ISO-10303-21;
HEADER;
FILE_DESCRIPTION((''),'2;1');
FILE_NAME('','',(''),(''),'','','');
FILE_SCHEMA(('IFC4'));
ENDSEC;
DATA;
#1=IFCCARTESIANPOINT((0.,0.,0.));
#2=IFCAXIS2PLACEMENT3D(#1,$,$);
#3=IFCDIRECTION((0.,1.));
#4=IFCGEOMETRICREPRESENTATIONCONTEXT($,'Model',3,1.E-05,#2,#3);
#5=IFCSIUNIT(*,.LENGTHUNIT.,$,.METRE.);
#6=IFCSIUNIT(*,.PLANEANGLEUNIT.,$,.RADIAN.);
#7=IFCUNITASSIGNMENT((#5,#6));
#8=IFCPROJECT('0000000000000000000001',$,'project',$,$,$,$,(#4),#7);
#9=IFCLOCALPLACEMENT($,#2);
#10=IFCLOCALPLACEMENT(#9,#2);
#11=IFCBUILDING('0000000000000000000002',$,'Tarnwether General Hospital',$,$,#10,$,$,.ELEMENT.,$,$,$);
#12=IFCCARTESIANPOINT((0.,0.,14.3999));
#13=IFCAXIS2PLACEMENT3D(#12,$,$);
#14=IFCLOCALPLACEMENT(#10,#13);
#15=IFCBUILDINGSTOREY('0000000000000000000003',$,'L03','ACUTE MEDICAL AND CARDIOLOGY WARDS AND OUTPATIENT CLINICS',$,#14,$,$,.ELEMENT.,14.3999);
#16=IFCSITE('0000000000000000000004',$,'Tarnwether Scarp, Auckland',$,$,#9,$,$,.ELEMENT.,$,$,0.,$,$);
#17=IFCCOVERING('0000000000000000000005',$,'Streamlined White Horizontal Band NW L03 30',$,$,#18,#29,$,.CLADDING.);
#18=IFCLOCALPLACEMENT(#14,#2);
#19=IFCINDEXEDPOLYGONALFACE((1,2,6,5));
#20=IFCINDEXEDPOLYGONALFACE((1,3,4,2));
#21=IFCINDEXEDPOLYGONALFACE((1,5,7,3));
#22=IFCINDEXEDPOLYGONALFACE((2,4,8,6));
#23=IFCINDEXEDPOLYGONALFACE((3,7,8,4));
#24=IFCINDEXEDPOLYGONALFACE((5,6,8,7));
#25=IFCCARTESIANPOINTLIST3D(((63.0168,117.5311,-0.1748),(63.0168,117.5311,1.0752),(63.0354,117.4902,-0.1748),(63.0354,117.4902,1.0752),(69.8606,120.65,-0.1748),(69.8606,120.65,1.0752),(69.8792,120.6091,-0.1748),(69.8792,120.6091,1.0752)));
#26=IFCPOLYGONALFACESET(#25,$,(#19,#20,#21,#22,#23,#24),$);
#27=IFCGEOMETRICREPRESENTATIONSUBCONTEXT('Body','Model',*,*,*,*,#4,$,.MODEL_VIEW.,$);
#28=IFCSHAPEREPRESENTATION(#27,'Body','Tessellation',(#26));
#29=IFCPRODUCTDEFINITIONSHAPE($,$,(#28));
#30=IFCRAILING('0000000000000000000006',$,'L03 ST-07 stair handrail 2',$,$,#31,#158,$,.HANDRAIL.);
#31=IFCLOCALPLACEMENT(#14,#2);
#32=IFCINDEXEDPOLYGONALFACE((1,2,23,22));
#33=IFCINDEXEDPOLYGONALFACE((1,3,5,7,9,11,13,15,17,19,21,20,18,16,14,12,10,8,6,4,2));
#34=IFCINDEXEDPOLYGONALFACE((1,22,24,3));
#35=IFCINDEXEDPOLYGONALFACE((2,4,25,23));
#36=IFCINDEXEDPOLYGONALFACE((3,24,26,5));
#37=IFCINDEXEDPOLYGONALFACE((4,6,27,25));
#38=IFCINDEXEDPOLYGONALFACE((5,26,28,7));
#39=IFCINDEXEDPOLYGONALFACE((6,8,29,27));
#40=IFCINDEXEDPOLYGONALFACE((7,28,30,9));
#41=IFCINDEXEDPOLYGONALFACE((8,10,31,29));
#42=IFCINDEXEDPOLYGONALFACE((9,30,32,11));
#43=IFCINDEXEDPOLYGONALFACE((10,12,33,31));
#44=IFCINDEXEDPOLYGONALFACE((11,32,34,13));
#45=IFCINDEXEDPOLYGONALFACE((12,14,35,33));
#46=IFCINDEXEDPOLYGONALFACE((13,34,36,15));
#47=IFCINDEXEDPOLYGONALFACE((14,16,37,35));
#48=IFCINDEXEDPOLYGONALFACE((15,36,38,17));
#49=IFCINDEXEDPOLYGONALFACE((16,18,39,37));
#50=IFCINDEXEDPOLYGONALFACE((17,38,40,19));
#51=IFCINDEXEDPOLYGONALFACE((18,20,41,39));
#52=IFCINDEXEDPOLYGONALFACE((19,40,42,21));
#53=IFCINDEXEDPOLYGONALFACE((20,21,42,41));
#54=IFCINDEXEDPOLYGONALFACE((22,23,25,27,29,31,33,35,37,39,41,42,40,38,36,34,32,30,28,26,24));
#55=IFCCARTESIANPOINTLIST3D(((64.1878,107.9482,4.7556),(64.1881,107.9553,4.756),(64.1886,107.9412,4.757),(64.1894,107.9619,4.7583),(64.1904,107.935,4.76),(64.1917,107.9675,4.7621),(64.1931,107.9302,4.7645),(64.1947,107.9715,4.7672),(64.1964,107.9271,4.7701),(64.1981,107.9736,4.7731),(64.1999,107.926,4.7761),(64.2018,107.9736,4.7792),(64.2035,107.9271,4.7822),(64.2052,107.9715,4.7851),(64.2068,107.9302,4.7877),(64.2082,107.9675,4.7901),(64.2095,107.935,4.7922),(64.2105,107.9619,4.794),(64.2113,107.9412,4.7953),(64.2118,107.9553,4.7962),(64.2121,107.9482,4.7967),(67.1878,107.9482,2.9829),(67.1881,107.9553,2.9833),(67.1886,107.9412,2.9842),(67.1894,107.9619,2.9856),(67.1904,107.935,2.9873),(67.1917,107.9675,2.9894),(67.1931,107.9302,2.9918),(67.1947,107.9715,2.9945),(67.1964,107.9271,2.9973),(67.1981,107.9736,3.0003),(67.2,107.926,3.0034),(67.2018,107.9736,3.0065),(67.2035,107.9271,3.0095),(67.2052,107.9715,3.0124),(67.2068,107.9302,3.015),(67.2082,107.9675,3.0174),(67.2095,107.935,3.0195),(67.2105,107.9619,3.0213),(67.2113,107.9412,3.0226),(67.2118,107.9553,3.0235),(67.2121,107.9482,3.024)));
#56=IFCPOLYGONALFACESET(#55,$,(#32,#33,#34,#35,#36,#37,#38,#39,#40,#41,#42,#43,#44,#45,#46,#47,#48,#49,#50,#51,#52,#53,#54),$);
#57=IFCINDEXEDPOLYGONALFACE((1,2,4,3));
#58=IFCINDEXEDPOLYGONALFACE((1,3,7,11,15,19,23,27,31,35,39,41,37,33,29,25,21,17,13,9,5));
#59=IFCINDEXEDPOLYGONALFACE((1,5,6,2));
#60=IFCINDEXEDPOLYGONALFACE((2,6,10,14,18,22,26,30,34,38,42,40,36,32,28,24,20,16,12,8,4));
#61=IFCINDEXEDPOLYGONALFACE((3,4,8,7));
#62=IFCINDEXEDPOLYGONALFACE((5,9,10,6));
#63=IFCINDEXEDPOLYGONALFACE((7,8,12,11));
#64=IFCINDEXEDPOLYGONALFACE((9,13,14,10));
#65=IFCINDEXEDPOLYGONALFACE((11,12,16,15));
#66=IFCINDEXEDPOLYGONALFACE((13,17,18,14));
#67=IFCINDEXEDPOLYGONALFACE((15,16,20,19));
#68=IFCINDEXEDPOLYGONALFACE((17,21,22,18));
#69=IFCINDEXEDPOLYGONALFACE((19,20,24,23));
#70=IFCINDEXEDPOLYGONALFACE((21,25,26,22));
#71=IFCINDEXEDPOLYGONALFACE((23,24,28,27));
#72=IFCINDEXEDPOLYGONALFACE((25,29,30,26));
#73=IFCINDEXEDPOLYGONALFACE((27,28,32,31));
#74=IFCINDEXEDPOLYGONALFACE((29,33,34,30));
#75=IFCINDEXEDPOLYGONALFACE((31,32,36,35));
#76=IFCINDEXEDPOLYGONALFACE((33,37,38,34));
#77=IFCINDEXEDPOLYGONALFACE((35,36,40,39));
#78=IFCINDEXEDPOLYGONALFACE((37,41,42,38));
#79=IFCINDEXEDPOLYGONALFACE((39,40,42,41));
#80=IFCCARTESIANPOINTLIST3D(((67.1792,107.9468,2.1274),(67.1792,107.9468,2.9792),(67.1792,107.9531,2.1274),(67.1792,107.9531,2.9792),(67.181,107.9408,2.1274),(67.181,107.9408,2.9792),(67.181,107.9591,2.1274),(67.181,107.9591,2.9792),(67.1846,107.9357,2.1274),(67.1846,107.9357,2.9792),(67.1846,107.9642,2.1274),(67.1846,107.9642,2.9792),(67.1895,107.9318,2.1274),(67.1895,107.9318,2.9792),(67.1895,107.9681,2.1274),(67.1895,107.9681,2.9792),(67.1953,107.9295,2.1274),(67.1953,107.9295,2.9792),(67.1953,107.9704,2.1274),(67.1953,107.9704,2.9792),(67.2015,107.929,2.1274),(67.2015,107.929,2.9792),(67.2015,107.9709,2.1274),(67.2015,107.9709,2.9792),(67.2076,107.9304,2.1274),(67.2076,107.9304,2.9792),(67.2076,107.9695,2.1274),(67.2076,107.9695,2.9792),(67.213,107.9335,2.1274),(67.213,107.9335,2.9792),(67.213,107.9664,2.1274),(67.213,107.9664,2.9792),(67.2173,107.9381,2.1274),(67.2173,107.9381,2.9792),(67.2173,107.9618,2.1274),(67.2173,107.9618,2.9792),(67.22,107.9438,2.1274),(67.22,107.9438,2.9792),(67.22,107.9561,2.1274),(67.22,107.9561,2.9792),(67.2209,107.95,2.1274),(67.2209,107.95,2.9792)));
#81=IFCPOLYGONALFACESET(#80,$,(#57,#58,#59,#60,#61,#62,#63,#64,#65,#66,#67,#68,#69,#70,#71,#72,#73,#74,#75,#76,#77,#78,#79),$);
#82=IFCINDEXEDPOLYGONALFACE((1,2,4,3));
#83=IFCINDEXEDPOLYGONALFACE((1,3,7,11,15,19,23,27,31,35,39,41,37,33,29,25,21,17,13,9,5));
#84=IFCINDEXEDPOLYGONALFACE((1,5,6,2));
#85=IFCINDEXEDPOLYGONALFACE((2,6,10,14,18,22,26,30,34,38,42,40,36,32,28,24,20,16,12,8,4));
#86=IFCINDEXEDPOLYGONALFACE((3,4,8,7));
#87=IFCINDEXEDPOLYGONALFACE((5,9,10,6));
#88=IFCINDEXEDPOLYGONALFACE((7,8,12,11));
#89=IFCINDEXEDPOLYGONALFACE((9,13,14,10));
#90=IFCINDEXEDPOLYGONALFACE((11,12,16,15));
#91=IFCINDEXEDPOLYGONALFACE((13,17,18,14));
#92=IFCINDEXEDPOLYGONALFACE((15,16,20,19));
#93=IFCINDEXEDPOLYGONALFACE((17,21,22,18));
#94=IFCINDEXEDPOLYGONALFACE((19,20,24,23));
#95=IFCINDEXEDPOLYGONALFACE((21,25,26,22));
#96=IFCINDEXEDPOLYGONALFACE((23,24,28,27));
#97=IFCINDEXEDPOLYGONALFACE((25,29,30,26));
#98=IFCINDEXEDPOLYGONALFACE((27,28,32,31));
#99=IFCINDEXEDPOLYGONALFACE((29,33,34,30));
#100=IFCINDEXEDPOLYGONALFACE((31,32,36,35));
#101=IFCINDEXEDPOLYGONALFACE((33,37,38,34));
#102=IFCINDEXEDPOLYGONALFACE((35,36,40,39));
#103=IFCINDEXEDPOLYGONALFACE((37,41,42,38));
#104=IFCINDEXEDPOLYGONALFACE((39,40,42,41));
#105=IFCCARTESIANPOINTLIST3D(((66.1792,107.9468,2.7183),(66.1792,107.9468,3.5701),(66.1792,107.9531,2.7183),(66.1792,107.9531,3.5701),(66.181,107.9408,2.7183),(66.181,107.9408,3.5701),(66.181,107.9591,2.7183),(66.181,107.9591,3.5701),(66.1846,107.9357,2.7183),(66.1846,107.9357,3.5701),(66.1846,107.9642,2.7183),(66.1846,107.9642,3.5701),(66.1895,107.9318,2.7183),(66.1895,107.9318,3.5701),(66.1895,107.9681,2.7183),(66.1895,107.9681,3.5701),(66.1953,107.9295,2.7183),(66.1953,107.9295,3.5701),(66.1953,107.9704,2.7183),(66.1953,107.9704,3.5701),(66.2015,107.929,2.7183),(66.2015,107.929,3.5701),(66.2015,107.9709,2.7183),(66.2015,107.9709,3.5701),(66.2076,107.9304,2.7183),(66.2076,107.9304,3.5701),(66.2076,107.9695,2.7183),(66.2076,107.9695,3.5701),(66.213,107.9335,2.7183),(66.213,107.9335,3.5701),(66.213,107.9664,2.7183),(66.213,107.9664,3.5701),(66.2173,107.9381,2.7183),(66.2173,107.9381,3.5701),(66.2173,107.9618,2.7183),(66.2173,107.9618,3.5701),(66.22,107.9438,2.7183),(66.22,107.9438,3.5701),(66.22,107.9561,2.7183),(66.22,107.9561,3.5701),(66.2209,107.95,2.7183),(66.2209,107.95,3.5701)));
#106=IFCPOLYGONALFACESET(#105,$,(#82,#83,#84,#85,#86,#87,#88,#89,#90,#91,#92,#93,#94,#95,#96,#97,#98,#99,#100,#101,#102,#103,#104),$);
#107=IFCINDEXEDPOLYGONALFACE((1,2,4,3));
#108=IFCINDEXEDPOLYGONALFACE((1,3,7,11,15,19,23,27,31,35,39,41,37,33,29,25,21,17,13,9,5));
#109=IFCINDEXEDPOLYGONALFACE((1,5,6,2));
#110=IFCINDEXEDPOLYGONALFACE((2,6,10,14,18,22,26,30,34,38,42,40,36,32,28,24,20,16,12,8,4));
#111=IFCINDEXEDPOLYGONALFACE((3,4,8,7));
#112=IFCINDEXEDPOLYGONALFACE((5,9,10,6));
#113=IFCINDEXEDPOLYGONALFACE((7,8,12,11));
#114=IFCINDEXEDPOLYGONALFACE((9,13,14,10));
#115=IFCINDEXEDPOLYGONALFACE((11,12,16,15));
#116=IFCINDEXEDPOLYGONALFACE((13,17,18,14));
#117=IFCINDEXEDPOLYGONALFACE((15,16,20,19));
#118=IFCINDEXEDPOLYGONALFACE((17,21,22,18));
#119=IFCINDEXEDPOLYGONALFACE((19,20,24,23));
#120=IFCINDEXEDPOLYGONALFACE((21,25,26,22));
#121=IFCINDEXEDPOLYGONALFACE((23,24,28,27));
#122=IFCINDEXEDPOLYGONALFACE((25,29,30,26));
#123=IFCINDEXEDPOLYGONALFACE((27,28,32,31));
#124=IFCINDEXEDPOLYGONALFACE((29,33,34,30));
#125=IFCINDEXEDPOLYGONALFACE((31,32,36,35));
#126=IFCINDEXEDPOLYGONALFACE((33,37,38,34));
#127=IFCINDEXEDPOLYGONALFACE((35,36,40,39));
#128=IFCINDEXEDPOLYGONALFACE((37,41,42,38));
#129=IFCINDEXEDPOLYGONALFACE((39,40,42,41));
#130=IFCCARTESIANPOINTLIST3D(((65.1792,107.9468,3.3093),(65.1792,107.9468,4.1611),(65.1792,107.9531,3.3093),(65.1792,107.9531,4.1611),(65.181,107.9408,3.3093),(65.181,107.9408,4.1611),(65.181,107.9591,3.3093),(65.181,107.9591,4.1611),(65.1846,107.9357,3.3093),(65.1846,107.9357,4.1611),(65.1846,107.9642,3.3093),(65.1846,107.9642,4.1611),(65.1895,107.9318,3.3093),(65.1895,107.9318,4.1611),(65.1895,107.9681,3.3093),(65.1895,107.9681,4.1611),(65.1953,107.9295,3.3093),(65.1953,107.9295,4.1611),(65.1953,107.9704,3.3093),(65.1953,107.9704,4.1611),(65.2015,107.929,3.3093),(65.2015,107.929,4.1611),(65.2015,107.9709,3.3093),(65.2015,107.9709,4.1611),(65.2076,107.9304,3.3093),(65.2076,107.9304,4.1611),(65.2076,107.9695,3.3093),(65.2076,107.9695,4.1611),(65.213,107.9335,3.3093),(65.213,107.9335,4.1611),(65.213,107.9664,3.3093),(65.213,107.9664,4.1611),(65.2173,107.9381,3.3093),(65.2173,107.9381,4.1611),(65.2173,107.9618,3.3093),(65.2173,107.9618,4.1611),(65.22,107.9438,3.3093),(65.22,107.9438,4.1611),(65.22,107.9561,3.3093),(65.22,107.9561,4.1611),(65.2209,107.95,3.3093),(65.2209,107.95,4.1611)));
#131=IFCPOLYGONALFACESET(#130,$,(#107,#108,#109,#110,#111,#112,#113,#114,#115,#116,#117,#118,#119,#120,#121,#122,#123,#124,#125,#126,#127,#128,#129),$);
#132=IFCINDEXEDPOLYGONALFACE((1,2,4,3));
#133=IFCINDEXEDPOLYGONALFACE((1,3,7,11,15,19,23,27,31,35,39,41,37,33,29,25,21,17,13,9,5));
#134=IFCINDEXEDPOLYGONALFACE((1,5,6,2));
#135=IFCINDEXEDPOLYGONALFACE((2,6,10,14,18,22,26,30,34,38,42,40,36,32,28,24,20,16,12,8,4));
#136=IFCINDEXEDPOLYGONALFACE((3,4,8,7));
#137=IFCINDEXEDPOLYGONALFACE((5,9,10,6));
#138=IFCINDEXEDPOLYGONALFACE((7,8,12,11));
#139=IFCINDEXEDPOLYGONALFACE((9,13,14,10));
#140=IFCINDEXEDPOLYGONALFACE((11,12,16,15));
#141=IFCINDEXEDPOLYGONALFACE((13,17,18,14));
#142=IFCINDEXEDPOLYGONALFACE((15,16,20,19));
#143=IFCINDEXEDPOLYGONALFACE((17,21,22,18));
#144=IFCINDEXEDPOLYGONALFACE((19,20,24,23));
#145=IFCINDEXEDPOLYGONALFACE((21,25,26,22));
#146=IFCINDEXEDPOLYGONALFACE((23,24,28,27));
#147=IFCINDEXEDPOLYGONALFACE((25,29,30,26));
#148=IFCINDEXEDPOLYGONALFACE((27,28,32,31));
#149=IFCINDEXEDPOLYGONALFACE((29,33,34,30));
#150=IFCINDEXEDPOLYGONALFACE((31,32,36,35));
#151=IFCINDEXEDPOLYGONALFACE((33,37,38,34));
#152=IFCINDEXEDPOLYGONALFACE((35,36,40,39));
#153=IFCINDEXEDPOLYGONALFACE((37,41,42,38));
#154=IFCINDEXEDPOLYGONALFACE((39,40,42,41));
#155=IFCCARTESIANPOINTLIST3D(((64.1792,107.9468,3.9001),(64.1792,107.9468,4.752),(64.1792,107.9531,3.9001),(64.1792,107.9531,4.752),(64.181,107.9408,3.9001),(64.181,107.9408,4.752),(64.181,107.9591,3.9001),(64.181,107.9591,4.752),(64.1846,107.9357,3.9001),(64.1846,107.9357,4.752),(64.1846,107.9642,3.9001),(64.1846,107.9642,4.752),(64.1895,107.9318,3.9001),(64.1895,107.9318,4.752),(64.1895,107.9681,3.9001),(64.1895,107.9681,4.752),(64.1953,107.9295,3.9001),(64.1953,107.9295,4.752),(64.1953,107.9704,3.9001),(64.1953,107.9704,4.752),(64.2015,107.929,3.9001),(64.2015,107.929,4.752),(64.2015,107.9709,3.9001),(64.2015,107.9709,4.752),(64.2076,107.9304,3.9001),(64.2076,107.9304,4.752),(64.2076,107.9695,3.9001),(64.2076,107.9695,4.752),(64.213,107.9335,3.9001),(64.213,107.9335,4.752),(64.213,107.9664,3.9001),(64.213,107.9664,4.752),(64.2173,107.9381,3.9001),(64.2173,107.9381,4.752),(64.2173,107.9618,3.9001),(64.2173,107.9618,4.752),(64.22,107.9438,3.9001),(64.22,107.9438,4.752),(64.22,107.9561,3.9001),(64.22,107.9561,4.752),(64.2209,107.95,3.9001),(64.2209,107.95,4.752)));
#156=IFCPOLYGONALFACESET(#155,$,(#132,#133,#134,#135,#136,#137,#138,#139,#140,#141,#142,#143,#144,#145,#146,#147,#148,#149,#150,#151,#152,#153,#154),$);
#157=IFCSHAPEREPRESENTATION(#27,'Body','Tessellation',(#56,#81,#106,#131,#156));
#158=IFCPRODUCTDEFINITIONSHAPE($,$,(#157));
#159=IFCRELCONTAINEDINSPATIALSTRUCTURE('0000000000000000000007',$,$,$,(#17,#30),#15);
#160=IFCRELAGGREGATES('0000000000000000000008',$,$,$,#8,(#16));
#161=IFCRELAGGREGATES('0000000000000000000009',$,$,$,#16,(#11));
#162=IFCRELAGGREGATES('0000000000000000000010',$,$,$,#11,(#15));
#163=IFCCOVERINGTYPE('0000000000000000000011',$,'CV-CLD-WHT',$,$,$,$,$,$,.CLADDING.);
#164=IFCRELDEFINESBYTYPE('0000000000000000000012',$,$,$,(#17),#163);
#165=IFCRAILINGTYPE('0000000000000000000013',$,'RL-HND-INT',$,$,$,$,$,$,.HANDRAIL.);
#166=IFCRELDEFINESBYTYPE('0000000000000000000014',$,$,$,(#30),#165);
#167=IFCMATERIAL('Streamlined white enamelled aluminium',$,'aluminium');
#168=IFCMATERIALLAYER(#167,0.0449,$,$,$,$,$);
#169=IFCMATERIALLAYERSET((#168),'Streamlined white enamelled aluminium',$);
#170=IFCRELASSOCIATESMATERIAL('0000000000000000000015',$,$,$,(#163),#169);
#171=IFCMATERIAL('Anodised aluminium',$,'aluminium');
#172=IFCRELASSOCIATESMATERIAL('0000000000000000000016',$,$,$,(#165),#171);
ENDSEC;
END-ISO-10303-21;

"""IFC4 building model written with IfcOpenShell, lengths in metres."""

from ifc_helpers import new_model, si_unit, direction, frame, origin, origin_2d, place, context, subcontext, project, spatial, rectangle, circle, extrude, material, layer, layer_set, type_object, element, save


model = new_model("IFC4")

# Units and contexts
model_context = context("Model", 3, precision=1e-05, world=origin(), true_north=direction((0.0, 1.0)))
body_context = subcontext(model_context, "Body", "Model", "MODEL_VIEW")
ifc_project = project(units=[si_unit("LENGTHUNIT", "METRE"), si_unit("PLANEANGLEUNIT", "RADIAN")], contexts=[model_context])

# Site, building, storey
site_placement = place(None, origin())
site = spatial("IfcSite", under=ifc_project, at=site_placement, Name="Tarnwether Scarp, Auckland", CompositionType="ELEMENT", RefElevation=0.0)
building_placement = place(site_placement, origin())
building = spatial("IfcBuilding", under=site, at=building_placement, Name="Tarnwether General Hospital", CompositionType="ELEMENT")
storey_placement = place(building_placement, frame((0.0, 0.0, 14.3999)))
storey = spatial("IfcBuildingStorey", under=building, at=storey_placement, Name="L03", Description="ACUTE MEDICAL AND CARDIOLOGY WARDS AND OUTPATIENT CLINICS", CompositionType="ELEMENT", Elevation=14.3999)

# Covering
ifc_material_1 = material(Name="Streamlined white enamelled aluminium", Category="aluminium")
ifc_layer_1 = layer(ifc_material_1, 0.0449)
ifc_layer_set_1 = layer_set([ifc_layer_1], Name="Streamlined white enamelled aluminium")
covering_type = type_object("IfcCoveringType", Name="CV-CLD-WHT", PredefinedType="CLADDING", material=ifc_layer_set_1)
covering_placement = place(storey_placement, frame((66.448, 119.0701, -0.1748), z_axis=(0.0, 0.0, 1.0), x_axis=(0.909961, 0.414693, 0.0)))
element("IfcCovering", 1, at=covering_placement, inside=storey, type_object=covering_type, Name="Streamlined White Horizontal Band NW L03 30", PredefinedType="CLADDING", context=body_context, shape_type="SweptSolid", body=[
    extrude(rectangle(XDim=7.521, YDim=0.0449, at=origin_2d()), origin(), (0.0, 0.0, 1.0), 1.25),
])

# Railing
ifc_material_2 = material(Name="Anodised aluminium", Category="aluminium")
railing_type = type_object("IfcRailingType", Name="RL-HND-INT", PredefinedType="HANDRAIL", material=ifc_material_2)
railing_placement = place(storey_placement, frame((67.2, 107.95, 2.1274)))
element("IfcRailing", 2, at=railing_placement, inside=storey, type_object=railing_type, Name="L03 ST-07 stair handrail 2", PredefinedType="HANDRAIL", context=body_context, shape_type="SweptSolid", body=[
    extrude(circle(Radius=0.0239, at=origin_2d()), frame((0.0, 0.0, 0.876), z_axis=(-0.860929, 0.0, 0.508725), x_axis=(0.0, -1.0, 0.0)), (0.0, 0.0, 1.0), 3.4846),
    extrude(circle(Radius=0.021, at=origin_2d()), origin(), (0.0, 0.0, 1.0), 0.8518),
    extrude(circle(Radius=0.021, at=origin_2d()), frame((-1.0, 0.0, 0.5908)), (0.0, 0.0, 1.0), 0.8518),
    extrude(circle(Radius=0.021, at=origin_2d()), frame((-2.0, 0.0, 1.1819)), (0.0, 0.0, 1.0), 0.8518),
    extrude(circle(Radius=0.021, at=origin_2d()), frame((-3.0, 0.0, 1.7727)), (0.0, 0.0, 1.0), 0.8518),
])

save(model, "model.ifc")
